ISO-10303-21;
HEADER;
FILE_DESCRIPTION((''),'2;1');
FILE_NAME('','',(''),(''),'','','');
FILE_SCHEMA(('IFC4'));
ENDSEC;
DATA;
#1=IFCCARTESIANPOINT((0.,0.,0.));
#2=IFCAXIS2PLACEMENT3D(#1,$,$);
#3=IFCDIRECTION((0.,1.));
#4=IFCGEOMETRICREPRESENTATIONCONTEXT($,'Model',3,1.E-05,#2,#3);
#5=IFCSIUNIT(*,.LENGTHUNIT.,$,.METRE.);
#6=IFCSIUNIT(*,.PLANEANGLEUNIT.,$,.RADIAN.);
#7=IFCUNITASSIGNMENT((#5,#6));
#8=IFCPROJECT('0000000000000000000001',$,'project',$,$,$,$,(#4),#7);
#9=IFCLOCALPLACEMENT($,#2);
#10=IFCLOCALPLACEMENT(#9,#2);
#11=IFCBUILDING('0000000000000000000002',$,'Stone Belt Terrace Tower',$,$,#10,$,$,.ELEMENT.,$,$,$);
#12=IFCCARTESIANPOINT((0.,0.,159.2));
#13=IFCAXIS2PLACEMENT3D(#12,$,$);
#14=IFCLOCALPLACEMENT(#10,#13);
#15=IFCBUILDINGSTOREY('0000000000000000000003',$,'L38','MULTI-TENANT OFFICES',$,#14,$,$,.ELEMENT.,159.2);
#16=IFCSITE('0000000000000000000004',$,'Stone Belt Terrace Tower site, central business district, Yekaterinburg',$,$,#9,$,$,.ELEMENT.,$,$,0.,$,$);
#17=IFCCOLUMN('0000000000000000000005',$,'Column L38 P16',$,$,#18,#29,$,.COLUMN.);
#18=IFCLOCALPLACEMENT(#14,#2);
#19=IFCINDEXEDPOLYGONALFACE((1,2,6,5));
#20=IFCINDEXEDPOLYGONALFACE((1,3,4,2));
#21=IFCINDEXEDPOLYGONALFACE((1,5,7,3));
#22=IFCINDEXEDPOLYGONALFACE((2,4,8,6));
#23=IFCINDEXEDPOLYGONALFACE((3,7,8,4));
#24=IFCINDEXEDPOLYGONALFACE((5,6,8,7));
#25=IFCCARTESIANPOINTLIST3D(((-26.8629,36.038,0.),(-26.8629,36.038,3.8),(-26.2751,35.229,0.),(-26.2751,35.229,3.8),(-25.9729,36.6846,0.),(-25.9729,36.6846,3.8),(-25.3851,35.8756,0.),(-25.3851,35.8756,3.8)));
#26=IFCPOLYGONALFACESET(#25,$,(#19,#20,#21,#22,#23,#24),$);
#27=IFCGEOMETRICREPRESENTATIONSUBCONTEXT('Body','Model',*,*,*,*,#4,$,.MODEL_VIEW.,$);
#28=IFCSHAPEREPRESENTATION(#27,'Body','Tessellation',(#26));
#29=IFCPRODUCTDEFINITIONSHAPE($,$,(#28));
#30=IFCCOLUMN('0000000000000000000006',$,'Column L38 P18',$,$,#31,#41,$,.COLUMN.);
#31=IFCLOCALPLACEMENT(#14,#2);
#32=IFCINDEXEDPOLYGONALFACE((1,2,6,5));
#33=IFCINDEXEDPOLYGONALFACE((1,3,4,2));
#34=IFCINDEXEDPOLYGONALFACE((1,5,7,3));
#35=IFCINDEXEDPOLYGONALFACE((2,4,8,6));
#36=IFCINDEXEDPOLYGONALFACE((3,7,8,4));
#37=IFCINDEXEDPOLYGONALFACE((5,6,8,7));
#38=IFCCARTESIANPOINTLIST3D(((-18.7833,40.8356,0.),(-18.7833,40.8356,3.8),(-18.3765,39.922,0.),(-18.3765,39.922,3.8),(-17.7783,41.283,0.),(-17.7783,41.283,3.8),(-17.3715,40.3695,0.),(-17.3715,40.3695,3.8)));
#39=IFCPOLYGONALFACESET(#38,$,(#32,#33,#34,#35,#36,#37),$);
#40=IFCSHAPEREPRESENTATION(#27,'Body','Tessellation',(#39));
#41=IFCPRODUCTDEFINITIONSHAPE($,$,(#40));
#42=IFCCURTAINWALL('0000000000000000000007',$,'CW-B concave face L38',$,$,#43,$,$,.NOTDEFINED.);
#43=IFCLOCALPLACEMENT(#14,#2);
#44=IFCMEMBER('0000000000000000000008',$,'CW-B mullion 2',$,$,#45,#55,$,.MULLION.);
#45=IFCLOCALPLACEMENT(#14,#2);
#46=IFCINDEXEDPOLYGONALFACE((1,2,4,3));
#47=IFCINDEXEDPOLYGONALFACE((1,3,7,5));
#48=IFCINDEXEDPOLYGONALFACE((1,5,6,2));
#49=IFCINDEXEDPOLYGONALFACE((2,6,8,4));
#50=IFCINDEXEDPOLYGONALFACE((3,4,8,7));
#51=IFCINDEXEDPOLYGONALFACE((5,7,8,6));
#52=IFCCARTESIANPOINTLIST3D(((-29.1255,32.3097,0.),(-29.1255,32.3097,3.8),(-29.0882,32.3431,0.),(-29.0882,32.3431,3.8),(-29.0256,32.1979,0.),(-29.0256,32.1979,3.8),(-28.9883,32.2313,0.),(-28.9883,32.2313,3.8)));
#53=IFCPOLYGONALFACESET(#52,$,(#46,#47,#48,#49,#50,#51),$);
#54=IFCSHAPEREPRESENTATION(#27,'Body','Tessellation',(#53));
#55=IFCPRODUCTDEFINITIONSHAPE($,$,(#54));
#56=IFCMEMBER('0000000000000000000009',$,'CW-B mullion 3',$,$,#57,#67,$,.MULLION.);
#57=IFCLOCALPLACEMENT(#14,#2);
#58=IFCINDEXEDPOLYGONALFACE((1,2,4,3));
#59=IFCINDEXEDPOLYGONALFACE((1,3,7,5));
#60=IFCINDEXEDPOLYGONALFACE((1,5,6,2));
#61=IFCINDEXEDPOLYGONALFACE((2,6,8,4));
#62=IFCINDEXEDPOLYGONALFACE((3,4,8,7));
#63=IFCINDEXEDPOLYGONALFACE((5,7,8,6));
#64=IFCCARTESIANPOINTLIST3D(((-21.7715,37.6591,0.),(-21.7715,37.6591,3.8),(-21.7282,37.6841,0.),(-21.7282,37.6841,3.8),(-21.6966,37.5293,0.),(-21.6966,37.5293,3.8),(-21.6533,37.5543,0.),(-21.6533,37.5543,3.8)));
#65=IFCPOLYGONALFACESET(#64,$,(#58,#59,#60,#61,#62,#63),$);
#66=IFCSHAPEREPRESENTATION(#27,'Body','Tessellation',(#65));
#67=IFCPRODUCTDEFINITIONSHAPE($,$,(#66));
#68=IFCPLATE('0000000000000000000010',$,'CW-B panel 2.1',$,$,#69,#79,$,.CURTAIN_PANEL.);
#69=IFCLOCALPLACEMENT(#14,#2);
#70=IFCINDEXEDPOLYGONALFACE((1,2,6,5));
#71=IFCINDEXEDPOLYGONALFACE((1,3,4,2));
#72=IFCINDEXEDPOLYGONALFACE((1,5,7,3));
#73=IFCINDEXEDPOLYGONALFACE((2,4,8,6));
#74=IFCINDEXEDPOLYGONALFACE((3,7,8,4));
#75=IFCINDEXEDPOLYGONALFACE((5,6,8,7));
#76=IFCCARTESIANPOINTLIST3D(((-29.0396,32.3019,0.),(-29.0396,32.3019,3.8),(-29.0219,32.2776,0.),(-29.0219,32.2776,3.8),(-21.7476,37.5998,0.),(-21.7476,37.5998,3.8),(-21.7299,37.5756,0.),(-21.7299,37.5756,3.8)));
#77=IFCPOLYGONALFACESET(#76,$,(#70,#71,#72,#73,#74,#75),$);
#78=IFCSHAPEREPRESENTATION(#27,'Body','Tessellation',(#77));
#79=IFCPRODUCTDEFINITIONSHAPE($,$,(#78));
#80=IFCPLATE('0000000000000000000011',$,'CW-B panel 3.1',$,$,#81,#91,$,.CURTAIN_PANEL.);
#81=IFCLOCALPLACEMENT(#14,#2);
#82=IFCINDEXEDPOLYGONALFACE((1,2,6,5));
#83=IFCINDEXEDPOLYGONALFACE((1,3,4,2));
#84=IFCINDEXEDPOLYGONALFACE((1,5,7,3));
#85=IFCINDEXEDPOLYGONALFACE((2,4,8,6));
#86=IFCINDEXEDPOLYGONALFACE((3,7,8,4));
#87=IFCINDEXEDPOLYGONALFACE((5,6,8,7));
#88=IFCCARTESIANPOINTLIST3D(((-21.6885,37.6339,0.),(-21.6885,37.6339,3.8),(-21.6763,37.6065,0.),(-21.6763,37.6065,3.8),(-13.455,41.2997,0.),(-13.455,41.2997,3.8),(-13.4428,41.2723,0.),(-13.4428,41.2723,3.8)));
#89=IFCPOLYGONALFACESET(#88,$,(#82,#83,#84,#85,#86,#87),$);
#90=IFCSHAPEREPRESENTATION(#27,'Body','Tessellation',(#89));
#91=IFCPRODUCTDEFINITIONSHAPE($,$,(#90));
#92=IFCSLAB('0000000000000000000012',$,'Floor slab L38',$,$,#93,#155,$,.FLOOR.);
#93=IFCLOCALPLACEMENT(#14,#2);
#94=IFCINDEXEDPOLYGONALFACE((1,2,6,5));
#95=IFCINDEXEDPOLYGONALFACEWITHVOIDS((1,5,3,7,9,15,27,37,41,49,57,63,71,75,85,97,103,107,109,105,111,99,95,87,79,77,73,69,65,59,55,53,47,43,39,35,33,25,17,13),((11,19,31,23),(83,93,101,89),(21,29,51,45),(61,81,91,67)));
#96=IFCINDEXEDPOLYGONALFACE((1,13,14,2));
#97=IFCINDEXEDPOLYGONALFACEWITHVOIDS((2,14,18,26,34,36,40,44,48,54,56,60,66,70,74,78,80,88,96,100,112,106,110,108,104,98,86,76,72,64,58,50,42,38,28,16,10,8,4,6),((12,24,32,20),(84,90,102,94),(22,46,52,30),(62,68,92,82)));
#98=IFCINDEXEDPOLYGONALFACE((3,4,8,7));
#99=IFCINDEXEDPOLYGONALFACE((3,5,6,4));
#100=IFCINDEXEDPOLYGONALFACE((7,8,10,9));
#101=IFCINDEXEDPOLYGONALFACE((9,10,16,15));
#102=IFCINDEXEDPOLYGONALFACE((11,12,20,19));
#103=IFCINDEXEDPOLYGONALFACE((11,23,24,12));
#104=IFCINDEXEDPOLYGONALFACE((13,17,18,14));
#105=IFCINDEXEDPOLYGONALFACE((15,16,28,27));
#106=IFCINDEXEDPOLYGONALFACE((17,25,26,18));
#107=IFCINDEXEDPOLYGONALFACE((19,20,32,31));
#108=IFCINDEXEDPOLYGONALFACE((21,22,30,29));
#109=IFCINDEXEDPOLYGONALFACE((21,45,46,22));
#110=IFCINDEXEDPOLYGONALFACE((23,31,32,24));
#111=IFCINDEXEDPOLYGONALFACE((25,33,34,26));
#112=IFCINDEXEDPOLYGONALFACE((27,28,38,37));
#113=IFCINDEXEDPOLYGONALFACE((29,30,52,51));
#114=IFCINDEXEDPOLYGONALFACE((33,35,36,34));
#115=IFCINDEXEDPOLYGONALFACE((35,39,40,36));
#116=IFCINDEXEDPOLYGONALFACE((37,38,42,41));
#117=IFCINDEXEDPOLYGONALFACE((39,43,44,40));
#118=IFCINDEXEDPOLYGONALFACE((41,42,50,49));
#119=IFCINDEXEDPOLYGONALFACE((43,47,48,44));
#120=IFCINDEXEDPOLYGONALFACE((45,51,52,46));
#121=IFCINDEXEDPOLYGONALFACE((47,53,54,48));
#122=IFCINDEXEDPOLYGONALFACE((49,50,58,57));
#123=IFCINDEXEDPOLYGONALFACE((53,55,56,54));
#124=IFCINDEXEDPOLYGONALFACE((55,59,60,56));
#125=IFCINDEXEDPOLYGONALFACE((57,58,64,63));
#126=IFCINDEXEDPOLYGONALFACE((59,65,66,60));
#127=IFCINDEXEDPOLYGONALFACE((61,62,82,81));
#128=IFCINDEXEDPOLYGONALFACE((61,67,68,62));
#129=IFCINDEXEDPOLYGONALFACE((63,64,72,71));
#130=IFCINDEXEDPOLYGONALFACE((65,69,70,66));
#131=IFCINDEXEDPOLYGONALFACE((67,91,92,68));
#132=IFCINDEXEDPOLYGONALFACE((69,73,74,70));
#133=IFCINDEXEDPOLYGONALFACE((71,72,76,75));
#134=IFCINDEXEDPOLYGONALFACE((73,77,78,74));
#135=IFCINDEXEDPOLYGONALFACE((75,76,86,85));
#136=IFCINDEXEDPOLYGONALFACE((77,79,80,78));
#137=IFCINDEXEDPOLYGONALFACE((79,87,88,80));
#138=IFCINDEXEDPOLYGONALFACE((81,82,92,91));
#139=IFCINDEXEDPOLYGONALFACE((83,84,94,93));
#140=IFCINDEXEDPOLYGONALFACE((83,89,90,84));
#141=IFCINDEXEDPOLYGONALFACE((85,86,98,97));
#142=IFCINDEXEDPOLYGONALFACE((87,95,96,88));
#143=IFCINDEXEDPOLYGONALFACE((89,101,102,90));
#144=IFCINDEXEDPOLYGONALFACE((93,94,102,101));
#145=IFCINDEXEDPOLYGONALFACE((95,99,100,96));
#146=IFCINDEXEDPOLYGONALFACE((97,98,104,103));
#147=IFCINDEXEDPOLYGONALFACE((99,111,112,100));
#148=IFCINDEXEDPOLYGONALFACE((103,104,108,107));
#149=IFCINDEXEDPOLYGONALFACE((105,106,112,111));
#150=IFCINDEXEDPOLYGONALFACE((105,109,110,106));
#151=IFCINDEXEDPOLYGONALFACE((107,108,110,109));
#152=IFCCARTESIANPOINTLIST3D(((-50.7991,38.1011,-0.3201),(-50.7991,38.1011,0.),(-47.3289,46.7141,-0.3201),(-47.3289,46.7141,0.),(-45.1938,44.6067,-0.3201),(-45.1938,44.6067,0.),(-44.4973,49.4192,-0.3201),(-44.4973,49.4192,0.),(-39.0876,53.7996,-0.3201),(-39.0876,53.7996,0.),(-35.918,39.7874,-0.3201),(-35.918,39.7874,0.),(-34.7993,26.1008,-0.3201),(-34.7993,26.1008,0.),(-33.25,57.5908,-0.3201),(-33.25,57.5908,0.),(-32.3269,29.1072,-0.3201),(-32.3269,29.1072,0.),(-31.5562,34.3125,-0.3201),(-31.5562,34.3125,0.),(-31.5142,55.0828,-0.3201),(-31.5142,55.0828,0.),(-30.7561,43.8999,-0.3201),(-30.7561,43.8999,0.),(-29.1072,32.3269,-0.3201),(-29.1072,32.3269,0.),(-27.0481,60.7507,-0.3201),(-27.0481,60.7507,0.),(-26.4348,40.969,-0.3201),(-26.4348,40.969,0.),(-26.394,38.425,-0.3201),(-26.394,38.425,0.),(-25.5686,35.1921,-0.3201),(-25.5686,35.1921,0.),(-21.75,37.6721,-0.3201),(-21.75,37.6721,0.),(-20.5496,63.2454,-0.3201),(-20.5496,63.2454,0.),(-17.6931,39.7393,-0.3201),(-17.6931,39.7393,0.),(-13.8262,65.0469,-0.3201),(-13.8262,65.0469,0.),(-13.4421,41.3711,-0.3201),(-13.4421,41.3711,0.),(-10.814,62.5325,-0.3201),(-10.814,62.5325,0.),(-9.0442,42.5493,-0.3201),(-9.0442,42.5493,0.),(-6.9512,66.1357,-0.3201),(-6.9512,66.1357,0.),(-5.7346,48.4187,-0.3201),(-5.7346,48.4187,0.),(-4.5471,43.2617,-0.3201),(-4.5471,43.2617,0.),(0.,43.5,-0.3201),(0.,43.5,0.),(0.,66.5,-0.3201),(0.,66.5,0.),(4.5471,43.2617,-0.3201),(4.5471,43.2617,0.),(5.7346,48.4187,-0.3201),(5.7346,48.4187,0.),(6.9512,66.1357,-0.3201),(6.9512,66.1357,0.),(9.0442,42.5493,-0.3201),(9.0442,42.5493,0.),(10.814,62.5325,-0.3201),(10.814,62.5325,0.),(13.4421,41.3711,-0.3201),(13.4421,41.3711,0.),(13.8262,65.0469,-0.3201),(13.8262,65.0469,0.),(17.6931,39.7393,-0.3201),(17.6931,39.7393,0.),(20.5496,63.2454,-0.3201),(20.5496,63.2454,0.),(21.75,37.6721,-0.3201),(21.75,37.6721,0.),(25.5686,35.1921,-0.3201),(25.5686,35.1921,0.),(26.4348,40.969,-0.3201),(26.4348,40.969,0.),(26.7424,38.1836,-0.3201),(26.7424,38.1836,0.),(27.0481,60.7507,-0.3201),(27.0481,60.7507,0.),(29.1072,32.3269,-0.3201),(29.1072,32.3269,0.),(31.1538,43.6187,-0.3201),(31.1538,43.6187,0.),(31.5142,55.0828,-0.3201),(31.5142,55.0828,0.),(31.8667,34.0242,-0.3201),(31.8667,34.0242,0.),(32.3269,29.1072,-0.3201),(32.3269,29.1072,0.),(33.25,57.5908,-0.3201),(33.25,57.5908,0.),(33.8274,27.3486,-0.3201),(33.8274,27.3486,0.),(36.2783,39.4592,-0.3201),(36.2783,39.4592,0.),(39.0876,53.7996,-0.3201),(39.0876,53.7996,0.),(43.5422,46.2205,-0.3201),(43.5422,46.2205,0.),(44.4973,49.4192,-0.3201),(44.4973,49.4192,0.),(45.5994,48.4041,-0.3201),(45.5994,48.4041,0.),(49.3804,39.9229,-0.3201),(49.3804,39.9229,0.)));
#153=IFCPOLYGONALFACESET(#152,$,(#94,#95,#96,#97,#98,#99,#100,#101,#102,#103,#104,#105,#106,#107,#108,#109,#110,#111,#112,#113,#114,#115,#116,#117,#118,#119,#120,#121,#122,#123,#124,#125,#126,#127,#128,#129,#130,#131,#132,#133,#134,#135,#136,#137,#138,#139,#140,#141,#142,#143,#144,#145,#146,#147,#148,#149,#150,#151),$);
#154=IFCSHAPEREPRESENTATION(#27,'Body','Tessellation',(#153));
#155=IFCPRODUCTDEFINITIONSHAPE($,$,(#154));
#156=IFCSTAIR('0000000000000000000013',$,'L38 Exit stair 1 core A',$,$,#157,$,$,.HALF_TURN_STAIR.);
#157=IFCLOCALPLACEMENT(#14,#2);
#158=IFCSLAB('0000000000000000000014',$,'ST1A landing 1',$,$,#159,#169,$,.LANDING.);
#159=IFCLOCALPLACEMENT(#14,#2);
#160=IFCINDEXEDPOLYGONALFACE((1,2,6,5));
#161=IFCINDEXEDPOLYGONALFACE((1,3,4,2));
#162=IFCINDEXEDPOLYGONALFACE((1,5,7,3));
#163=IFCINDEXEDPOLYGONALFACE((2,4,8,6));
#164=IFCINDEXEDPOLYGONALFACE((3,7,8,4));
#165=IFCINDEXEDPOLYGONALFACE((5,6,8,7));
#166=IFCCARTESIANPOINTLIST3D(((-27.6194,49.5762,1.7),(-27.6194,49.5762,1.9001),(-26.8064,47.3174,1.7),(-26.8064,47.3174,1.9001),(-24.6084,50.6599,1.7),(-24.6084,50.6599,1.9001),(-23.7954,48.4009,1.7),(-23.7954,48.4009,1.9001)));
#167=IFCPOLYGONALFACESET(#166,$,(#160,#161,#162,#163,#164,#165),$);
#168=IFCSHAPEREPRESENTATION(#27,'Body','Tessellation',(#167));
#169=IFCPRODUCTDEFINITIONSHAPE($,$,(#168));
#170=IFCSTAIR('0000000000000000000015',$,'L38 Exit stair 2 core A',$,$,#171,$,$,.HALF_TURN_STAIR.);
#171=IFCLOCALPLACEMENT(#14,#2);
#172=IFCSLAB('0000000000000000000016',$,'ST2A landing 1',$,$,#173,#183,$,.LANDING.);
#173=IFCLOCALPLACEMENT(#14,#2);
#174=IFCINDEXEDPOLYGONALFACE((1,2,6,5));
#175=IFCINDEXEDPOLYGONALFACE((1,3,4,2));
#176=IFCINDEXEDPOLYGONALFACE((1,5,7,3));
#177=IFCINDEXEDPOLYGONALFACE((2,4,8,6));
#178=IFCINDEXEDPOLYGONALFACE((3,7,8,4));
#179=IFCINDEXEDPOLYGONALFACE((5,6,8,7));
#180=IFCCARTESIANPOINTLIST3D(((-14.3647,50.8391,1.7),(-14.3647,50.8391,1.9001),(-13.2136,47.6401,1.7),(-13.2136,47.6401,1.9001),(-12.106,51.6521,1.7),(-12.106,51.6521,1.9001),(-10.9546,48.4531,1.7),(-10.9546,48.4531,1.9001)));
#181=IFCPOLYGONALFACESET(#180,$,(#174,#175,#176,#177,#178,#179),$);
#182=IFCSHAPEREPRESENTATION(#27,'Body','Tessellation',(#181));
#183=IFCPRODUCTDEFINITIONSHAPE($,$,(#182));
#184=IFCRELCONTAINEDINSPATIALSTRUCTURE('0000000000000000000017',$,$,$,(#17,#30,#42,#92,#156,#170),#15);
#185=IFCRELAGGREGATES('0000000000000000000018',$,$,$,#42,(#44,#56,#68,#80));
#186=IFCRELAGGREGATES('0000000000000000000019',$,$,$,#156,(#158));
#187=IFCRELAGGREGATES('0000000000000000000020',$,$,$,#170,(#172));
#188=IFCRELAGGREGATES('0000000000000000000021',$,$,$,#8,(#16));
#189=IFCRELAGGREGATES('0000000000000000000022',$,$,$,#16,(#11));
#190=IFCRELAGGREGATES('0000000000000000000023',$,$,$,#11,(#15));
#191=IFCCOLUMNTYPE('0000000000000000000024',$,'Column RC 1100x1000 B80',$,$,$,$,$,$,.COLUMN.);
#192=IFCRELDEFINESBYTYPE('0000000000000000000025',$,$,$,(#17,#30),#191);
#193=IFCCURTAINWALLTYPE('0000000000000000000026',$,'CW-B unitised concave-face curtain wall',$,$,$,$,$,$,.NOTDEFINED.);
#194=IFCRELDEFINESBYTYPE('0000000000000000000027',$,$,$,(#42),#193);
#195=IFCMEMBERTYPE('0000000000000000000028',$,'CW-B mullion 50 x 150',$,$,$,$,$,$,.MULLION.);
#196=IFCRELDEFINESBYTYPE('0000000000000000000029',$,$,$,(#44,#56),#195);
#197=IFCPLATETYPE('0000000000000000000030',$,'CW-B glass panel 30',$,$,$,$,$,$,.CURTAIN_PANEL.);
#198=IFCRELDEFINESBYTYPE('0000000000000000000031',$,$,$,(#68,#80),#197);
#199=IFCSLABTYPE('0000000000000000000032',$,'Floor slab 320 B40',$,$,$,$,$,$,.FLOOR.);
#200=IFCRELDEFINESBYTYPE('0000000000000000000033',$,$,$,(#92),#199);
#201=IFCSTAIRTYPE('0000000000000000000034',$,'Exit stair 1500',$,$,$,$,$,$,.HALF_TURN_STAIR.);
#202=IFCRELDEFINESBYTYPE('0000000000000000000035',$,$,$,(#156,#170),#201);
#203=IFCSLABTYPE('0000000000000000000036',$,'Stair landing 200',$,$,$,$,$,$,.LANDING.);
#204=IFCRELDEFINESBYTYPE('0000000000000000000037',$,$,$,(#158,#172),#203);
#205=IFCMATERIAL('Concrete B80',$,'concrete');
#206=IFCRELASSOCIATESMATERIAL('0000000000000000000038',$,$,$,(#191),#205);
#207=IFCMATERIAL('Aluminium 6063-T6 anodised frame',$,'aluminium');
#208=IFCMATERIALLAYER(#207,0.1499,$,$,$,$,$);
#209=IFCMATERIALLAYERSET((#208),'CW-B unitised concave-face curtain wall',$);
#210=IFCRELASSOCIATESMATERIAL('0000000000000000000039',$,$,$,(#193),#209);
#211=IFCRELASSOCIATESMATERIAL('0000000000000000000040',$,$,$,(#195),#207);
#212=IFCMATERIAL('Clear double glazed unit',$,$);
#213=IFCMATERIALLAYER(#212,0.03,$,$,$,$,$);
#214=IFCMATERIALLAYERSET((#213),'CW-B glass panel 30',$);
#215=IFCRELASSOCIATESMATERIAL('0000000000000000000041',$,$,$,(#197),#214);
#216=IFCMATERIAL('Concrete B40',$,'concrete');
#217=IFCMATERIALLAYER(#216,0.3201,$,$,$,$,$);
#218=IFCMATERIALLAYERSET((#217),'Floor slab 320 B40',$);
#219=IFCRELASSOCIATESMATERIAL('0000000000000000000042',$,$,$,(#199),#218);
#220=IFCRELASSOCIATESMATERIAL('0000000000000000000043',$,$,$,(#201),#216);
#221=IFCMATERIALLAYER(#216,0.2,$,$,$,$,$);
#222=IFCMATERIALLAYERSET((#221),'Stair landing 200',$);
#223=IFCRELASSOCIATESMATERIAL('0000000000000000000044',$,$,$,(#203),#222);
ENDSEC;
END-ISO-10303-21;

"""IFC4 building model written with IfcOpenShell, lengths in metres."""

from ifc_helpers import new_model, si_unit, direction, frame, origin, origin_2d, place, context, subcontext, project, spatial, polyline, rectangle, outline, extrude, material, layer, layer_set, material_profile, profile_set, type_object, element, aggregate, save


model = new_model("IFC4")

# Units and contexts
model_context = context("Model", 3, precision=1e-05, world=origin(), true_north=direction((0.0, 1.0)))
body_context = subcontext(model_context, "Body", "Model", "MODEL_VIEW")
ifc_project = project(units=[si_unit("LENGTHUNIT", "METRE"), si_unit("PLANEANGLEUNIT", "RADIAN")], contexts=[model_context])

# Site, building, storey
site_placement = place(None, origin())
site = spatial("IfcSite", under=ifc_project, at=site_placement, Name="Stone Belt Terrace Tower site, central business district, Yekaterinburg", CompositionType="ELEMENT", RefElevation=0.0)
building_placement = place(site_placement, origin())
building = spatial("IfcBuilding", under=site, at=building_placement, Name="Stone Belt Terrace Tower", CompositionType="ELEMENT")
storey_placement = place(building_placement, frame((0.0, 0.0, 159.2)))
storey = spatial("IfcBuildingStorey", under=building, at=storey_placement, Name="L38", Description="MULTI-TENANT OFFICES", CompositionType="ELEMENT", Elevation=159.2)

# Columns
ifc_material_1 = material(Name="Concrete B80", Category="concrete")
ifc_material_profile_1 = material_profile(ifc_material_1, rectangle(XDim=1.1001, YDim=1.0, at=origin_2d()), Name="RC 1100x1000")
ifc_profile_set_1 = profile_set([ifc_material_profile_1], Name="Concrete B80")
column_type = type_object("IfcColumnType", Name="Column RC 1100x1000 B80", PredefinedType="COLUMN", material=ifc_profile_set_1)
for number, where, z_axis, x_axis, name in (
    (1, (-26.124, 35.9568, 0.0), (0.0, 0.0, 1.0), (0.809017, 0.587785, 0.0), "Column L38 P16"),
    (2, (-18.0774, 40.6025, 0.0), (0.0, 0.0, 1.0), (0.913545, 0.406737, 0.0), "Column L38 P18"),
):
    element("IfcColumn", number, at=place(storey_placement, frame(where, z_axis=z_axis, x_axis=x_axis)), inside=storey, type_object=column_type, Name=name, PredefinedType="COLUMN", context=body_context, shape_type="SweptSolid", body=[
        extrude(rectangle(XDim=1.1001, YDim=1.0, at=origin_2d()), origin(), (0.0, 0.0, 1.0), 3.8),
    ])

# Curtain wall, members, plates
ifc_material_2 = material(Name="Aluminium 6063-T6 anodised frame", Category="aluminium")
ifc_layer_1 = layer(ifc_material_2, 0.1499)
ifc_layer_set_1 = layer_set([ifc_layer_1], Name="CW-B unitised concave-face curtain wall")
curtain_wall_type = type_object("IfcCurtainWallType", Name="CW-B unitised concave-face curtain wall", PredefinedType="NOTDEFINED", material=ifc_layer_set_1)
curtain_wall_placement = place(storey_placement, origin())
curtain_wall = element("IfcCurtainWall", 3, at=curtain_wall_placement, inside=storey, type_object=curtain_wall_type, Name="CW-B concave face L38", PredefinedType="NOTDEFINED")
ifc_material_profile_2 = material_profile(ifc_material_2, rectangle(XDim=0.1499, YDim=0.05, at=origin_2d()), Name="Aluminium 6063-T6 50x150")
ifc_profile_set_2 = profile_set([ifc_material_profile_2], Name="Aluminium 6063-T6 anodised frame")
member_type = type_object("IfcMemberType", Name="CW-B mullion 50 x 150", PredefinedType="MULLION", material=ifc_profile_set_2)
member_1_placement = place(storey_placement, frame((-29.0569, 32.2705, 0.0), z_axis=(0.0, 0.0, 1.0), x_axis=(-0.666301, 0.745683, 0.0)))
member_1 = element("IfcMember", 4, at=member_1_placement, type_object=member_type, Name="CW-B mullion 2", PredefinedType="MULLION", context=body_context, shape_type="SweptSolid", body=[
    extrude(rectangle(XDim=0.1499, YDim=0.05, at=origin_2d()), origin(), (0.0, 0.0, 1.0), 3.8),
])
member_2_placement = place(storey_placement, frame((-21.7124, 37.6067, 0.0), z_axis=(0.0, 0.0, 1.0), x_axis=(-0.5, 0.866025, 0.0)))
member_2 = element("IfcMember", 5, at=member_2_placement, type_object=member_type, Name="CW-B mullion 3", PredefinedType="MULLION", context=body_context, shape_type="SweptSolid", body=[
    extrude(rectangle(XDim=0.1499, YDim=0.05, at=origin_2d()), origin(), (0.0, 0.0, 1.0), 3.8),
])
ifc_material_3 = material(Name="Clear double glazed unit")
ifc_layer_2 = layer(ifc_material_3, 0.03)
ifc_layer_set_2 = layer_set([ifc_layer_2], Name="CW-B glass panel 30")
plate_type = type_object("IfcPlateType", Name="CW-B glass panel 30", PredefinedType="CURTAIN_PANEL", material=ifc_layer_set_2)
plate_1_placement = place(storey_placement, frame((-25.3848, 34.9387, 0.0), z_axis=(0.0, 0.0, 1.0), x_axis=(0.809017, 0.587785, 0.0)))
plate_1 = element("IfcPlate", 6, at=plate_1_placement, type_object=plate_type, Name="CW-B panel 2.1", PredefinedType="CURTAIN_PANEL", context=body_context, shape_type="SweptSolid", body=[
    extrude(rectangle(XDim=9.0134, YDim=0.03, at=origin_2d()), origin(), (0.0, 0.0, 1.0), 3.8),
])
plate_2_placement = place(storey_placement, frame((-17.5657, 39.4531, 0.0), z_axis=(0.0, 0.0, 1.0), x_axis=(0.913545, 0.406737, 0.0)))
plate_2 = element("IfcPlate", 7, at=plate_2_placement, type_object=plate_type, Name="CW-B panel 3.1", PredefinedType="CURTAIN_PANEL", context=body_context, shape_type="SweptSolid", body=[
    extrude(rectangle(XDim=9.0127, YDim=0.03, at=origin_2d()), origin(), (0.0, 0.0, 1.0), 3.8),
])
aggregate(curtain_wall, [member_1, member_2, plate_1, plate_2])

# Slab
ifc_material_4 = material(Name="Concrete B40", Category="concrete")
ifc_layer_3 = layer(ifc_material_4, 0.3201)
ifc_layer_set_3 = layer_set([ifc_layer_3], Name="Floor slab 320 B40")
slab_type_1 = type_object("IfcSlabType", Name="Floor slab 320 B40", PredefinedType="FLOOR", material=ifc_layer_set_3)
slab_1_placement = place(storey_placement, frame((0.0, 0.0, -0.3201)))
element("IfcSlab", 8, at=slab_1_placement, inside=storey, type_object=slab_type_1, Name="Floor slab L38", PredefinedType="FLOOR", context=body_context, shape_type="SweptSolid", body=[
    extrude(outline(polyline([(-44.4973, 49.4192), (-39.0876, 53.7996), (-33.25, 57.5908), (-27.0481, 60.7507), (-20.5496, 63.2454), (-13.8262, 65.0469), (-6.9512, 66.1357), (0.0, 66.5), (6.9512, 66.1357), (13.8262, 65.0469), (20.5496, 63.2454), (27.0481, 60.7507), (33.25, 57.5908), (39.0876, 53.7996), (44.4973, 49.4192), (45.5994, 48.4041), (43.5422, 46.2205), (49.3804, 39.9229), (33.8274, 27.3486), (32.3269, 29.1072), (29.1072, 32.3269), (25.5686, 35.1921), (21.75, 37.6721), (17.6931, 39.7393), (13.4421, 41.3711), (9.0442, 42.5493), (4.5471, 43.2617), (0.0, 43.5), (-4.5471, 43.2617), (-9.0442, 42.5493), (-13.4421, 41.3711), (-17.6931, 39.7393), (-21.75, 37.6721), (-25.5686, 35.1921), (-29.1072, 32.3269), (-32.3269, 29.1072), (-34.7993, 26.1008), (-50.7991, 38.1011), (-45.1938, 44.6067), (-47.3289, 46.7141), (-44.4973, 49.4192)]), holes=[polyline([(-26.4348, 40.969), (-5.7346, 48.4187), (-10.814, 62.5325), (-31.5142, 55.0828), (-26.4348, 40.969)]), polyline([(10.814, 62.5325), (5.7346, 48.4187), (26.4348, 40.969), (31.5142, 55.0828), (10.814, 62.5325)]), polyline([(-35.918, 39.7874), (-31.5562, 34.3125), (-26.394, 38.425), (-30.7561, 43.8999), (-35.918, 39.7874)]), polyline([(36.2783, 39.4592), (31.1538, 43.6187), (26.7424, 38.1836), (31.8667, 34.0242), (36.2783, 39.4592)])]), origin(), (0.0, 0.0, 1.0), 0.3201),
])

# Stairs, slabs
stair_type = type_object("IfcStairType", Name="Exit stair 1500", PredefinedType="HALF_TURN_STAIR", material=ifc_material_4)
stair_1_placement = place(storey_placement, origin())
stair_1 = element("IfcStair", 9, at=stair_1_placement, inside=storey, type_object=stair_type, Name="L38 Exit stair 1 core A", PredefinedType="HALF_TURN_STAIR")
ifc_layer_4 = layer(ifc_material_4, 0.2)
ifc_layer_set_4 = layer_set([ifc_layer_4], Name="Stair landing 200")
slab_type_2 = type_object("IfcSlabType", Name="Stair landing 200", PredefinedType="LANDING", material=ifc_layer_set_4)
slab_2_placement = place(storey_placement, frame((0.0, 0.0, 1.7)))
slab_2 = element("IfcSlab", 10, at=slab_2_placement, type_object=slab_type_2, Name="ST1A landing 1", PredefinedType="LANDING", context=body_context, shape_type="SweptSolid", body=[
    extrude(outline(polyline([(-23.7954, 48.4009), (-24.6084, 50.6599), (-27.6194, 49.5762), (-26.8064, 47.3174), (-23.7954, 48.4009)])), origin(), (0.0, 0.0, 1.0), 0.2002),
])
aggregate(stair_1, [slab_2])
stair_2_placement = place(storey_placement, origin())
stair_2 = element("IfcStair", 11, at=stair_2_placement, inside=storey, type_object=stair_type, Name="L38 Exit stair 2 core A", PredefinedType="HALF_TURN_STAIR")
slab_3_placement = place(storey_placement, frame((0.0, 0.0, 1.7)))
slab_3 = element("IfcSlab", 12, at=slab_3_placement, type_object=slab_type_2, Name="ST2A landing 1", PredefinedType="LANDING", context=body_context, shape_type="SweptSolid", body=[
    extrude(outline(polyline([(-13.2136, 47.6401), (-10.9546, 48.4531), (-12.106, 51.6521), (-14.3647, 50.8391), (-13.2136, 47.6401)])), origin(), (0.0, 0.0, 1.0), 0.2002),
])
aggregate(stair_2, [slab_3])

save(model, "model.ifc")
